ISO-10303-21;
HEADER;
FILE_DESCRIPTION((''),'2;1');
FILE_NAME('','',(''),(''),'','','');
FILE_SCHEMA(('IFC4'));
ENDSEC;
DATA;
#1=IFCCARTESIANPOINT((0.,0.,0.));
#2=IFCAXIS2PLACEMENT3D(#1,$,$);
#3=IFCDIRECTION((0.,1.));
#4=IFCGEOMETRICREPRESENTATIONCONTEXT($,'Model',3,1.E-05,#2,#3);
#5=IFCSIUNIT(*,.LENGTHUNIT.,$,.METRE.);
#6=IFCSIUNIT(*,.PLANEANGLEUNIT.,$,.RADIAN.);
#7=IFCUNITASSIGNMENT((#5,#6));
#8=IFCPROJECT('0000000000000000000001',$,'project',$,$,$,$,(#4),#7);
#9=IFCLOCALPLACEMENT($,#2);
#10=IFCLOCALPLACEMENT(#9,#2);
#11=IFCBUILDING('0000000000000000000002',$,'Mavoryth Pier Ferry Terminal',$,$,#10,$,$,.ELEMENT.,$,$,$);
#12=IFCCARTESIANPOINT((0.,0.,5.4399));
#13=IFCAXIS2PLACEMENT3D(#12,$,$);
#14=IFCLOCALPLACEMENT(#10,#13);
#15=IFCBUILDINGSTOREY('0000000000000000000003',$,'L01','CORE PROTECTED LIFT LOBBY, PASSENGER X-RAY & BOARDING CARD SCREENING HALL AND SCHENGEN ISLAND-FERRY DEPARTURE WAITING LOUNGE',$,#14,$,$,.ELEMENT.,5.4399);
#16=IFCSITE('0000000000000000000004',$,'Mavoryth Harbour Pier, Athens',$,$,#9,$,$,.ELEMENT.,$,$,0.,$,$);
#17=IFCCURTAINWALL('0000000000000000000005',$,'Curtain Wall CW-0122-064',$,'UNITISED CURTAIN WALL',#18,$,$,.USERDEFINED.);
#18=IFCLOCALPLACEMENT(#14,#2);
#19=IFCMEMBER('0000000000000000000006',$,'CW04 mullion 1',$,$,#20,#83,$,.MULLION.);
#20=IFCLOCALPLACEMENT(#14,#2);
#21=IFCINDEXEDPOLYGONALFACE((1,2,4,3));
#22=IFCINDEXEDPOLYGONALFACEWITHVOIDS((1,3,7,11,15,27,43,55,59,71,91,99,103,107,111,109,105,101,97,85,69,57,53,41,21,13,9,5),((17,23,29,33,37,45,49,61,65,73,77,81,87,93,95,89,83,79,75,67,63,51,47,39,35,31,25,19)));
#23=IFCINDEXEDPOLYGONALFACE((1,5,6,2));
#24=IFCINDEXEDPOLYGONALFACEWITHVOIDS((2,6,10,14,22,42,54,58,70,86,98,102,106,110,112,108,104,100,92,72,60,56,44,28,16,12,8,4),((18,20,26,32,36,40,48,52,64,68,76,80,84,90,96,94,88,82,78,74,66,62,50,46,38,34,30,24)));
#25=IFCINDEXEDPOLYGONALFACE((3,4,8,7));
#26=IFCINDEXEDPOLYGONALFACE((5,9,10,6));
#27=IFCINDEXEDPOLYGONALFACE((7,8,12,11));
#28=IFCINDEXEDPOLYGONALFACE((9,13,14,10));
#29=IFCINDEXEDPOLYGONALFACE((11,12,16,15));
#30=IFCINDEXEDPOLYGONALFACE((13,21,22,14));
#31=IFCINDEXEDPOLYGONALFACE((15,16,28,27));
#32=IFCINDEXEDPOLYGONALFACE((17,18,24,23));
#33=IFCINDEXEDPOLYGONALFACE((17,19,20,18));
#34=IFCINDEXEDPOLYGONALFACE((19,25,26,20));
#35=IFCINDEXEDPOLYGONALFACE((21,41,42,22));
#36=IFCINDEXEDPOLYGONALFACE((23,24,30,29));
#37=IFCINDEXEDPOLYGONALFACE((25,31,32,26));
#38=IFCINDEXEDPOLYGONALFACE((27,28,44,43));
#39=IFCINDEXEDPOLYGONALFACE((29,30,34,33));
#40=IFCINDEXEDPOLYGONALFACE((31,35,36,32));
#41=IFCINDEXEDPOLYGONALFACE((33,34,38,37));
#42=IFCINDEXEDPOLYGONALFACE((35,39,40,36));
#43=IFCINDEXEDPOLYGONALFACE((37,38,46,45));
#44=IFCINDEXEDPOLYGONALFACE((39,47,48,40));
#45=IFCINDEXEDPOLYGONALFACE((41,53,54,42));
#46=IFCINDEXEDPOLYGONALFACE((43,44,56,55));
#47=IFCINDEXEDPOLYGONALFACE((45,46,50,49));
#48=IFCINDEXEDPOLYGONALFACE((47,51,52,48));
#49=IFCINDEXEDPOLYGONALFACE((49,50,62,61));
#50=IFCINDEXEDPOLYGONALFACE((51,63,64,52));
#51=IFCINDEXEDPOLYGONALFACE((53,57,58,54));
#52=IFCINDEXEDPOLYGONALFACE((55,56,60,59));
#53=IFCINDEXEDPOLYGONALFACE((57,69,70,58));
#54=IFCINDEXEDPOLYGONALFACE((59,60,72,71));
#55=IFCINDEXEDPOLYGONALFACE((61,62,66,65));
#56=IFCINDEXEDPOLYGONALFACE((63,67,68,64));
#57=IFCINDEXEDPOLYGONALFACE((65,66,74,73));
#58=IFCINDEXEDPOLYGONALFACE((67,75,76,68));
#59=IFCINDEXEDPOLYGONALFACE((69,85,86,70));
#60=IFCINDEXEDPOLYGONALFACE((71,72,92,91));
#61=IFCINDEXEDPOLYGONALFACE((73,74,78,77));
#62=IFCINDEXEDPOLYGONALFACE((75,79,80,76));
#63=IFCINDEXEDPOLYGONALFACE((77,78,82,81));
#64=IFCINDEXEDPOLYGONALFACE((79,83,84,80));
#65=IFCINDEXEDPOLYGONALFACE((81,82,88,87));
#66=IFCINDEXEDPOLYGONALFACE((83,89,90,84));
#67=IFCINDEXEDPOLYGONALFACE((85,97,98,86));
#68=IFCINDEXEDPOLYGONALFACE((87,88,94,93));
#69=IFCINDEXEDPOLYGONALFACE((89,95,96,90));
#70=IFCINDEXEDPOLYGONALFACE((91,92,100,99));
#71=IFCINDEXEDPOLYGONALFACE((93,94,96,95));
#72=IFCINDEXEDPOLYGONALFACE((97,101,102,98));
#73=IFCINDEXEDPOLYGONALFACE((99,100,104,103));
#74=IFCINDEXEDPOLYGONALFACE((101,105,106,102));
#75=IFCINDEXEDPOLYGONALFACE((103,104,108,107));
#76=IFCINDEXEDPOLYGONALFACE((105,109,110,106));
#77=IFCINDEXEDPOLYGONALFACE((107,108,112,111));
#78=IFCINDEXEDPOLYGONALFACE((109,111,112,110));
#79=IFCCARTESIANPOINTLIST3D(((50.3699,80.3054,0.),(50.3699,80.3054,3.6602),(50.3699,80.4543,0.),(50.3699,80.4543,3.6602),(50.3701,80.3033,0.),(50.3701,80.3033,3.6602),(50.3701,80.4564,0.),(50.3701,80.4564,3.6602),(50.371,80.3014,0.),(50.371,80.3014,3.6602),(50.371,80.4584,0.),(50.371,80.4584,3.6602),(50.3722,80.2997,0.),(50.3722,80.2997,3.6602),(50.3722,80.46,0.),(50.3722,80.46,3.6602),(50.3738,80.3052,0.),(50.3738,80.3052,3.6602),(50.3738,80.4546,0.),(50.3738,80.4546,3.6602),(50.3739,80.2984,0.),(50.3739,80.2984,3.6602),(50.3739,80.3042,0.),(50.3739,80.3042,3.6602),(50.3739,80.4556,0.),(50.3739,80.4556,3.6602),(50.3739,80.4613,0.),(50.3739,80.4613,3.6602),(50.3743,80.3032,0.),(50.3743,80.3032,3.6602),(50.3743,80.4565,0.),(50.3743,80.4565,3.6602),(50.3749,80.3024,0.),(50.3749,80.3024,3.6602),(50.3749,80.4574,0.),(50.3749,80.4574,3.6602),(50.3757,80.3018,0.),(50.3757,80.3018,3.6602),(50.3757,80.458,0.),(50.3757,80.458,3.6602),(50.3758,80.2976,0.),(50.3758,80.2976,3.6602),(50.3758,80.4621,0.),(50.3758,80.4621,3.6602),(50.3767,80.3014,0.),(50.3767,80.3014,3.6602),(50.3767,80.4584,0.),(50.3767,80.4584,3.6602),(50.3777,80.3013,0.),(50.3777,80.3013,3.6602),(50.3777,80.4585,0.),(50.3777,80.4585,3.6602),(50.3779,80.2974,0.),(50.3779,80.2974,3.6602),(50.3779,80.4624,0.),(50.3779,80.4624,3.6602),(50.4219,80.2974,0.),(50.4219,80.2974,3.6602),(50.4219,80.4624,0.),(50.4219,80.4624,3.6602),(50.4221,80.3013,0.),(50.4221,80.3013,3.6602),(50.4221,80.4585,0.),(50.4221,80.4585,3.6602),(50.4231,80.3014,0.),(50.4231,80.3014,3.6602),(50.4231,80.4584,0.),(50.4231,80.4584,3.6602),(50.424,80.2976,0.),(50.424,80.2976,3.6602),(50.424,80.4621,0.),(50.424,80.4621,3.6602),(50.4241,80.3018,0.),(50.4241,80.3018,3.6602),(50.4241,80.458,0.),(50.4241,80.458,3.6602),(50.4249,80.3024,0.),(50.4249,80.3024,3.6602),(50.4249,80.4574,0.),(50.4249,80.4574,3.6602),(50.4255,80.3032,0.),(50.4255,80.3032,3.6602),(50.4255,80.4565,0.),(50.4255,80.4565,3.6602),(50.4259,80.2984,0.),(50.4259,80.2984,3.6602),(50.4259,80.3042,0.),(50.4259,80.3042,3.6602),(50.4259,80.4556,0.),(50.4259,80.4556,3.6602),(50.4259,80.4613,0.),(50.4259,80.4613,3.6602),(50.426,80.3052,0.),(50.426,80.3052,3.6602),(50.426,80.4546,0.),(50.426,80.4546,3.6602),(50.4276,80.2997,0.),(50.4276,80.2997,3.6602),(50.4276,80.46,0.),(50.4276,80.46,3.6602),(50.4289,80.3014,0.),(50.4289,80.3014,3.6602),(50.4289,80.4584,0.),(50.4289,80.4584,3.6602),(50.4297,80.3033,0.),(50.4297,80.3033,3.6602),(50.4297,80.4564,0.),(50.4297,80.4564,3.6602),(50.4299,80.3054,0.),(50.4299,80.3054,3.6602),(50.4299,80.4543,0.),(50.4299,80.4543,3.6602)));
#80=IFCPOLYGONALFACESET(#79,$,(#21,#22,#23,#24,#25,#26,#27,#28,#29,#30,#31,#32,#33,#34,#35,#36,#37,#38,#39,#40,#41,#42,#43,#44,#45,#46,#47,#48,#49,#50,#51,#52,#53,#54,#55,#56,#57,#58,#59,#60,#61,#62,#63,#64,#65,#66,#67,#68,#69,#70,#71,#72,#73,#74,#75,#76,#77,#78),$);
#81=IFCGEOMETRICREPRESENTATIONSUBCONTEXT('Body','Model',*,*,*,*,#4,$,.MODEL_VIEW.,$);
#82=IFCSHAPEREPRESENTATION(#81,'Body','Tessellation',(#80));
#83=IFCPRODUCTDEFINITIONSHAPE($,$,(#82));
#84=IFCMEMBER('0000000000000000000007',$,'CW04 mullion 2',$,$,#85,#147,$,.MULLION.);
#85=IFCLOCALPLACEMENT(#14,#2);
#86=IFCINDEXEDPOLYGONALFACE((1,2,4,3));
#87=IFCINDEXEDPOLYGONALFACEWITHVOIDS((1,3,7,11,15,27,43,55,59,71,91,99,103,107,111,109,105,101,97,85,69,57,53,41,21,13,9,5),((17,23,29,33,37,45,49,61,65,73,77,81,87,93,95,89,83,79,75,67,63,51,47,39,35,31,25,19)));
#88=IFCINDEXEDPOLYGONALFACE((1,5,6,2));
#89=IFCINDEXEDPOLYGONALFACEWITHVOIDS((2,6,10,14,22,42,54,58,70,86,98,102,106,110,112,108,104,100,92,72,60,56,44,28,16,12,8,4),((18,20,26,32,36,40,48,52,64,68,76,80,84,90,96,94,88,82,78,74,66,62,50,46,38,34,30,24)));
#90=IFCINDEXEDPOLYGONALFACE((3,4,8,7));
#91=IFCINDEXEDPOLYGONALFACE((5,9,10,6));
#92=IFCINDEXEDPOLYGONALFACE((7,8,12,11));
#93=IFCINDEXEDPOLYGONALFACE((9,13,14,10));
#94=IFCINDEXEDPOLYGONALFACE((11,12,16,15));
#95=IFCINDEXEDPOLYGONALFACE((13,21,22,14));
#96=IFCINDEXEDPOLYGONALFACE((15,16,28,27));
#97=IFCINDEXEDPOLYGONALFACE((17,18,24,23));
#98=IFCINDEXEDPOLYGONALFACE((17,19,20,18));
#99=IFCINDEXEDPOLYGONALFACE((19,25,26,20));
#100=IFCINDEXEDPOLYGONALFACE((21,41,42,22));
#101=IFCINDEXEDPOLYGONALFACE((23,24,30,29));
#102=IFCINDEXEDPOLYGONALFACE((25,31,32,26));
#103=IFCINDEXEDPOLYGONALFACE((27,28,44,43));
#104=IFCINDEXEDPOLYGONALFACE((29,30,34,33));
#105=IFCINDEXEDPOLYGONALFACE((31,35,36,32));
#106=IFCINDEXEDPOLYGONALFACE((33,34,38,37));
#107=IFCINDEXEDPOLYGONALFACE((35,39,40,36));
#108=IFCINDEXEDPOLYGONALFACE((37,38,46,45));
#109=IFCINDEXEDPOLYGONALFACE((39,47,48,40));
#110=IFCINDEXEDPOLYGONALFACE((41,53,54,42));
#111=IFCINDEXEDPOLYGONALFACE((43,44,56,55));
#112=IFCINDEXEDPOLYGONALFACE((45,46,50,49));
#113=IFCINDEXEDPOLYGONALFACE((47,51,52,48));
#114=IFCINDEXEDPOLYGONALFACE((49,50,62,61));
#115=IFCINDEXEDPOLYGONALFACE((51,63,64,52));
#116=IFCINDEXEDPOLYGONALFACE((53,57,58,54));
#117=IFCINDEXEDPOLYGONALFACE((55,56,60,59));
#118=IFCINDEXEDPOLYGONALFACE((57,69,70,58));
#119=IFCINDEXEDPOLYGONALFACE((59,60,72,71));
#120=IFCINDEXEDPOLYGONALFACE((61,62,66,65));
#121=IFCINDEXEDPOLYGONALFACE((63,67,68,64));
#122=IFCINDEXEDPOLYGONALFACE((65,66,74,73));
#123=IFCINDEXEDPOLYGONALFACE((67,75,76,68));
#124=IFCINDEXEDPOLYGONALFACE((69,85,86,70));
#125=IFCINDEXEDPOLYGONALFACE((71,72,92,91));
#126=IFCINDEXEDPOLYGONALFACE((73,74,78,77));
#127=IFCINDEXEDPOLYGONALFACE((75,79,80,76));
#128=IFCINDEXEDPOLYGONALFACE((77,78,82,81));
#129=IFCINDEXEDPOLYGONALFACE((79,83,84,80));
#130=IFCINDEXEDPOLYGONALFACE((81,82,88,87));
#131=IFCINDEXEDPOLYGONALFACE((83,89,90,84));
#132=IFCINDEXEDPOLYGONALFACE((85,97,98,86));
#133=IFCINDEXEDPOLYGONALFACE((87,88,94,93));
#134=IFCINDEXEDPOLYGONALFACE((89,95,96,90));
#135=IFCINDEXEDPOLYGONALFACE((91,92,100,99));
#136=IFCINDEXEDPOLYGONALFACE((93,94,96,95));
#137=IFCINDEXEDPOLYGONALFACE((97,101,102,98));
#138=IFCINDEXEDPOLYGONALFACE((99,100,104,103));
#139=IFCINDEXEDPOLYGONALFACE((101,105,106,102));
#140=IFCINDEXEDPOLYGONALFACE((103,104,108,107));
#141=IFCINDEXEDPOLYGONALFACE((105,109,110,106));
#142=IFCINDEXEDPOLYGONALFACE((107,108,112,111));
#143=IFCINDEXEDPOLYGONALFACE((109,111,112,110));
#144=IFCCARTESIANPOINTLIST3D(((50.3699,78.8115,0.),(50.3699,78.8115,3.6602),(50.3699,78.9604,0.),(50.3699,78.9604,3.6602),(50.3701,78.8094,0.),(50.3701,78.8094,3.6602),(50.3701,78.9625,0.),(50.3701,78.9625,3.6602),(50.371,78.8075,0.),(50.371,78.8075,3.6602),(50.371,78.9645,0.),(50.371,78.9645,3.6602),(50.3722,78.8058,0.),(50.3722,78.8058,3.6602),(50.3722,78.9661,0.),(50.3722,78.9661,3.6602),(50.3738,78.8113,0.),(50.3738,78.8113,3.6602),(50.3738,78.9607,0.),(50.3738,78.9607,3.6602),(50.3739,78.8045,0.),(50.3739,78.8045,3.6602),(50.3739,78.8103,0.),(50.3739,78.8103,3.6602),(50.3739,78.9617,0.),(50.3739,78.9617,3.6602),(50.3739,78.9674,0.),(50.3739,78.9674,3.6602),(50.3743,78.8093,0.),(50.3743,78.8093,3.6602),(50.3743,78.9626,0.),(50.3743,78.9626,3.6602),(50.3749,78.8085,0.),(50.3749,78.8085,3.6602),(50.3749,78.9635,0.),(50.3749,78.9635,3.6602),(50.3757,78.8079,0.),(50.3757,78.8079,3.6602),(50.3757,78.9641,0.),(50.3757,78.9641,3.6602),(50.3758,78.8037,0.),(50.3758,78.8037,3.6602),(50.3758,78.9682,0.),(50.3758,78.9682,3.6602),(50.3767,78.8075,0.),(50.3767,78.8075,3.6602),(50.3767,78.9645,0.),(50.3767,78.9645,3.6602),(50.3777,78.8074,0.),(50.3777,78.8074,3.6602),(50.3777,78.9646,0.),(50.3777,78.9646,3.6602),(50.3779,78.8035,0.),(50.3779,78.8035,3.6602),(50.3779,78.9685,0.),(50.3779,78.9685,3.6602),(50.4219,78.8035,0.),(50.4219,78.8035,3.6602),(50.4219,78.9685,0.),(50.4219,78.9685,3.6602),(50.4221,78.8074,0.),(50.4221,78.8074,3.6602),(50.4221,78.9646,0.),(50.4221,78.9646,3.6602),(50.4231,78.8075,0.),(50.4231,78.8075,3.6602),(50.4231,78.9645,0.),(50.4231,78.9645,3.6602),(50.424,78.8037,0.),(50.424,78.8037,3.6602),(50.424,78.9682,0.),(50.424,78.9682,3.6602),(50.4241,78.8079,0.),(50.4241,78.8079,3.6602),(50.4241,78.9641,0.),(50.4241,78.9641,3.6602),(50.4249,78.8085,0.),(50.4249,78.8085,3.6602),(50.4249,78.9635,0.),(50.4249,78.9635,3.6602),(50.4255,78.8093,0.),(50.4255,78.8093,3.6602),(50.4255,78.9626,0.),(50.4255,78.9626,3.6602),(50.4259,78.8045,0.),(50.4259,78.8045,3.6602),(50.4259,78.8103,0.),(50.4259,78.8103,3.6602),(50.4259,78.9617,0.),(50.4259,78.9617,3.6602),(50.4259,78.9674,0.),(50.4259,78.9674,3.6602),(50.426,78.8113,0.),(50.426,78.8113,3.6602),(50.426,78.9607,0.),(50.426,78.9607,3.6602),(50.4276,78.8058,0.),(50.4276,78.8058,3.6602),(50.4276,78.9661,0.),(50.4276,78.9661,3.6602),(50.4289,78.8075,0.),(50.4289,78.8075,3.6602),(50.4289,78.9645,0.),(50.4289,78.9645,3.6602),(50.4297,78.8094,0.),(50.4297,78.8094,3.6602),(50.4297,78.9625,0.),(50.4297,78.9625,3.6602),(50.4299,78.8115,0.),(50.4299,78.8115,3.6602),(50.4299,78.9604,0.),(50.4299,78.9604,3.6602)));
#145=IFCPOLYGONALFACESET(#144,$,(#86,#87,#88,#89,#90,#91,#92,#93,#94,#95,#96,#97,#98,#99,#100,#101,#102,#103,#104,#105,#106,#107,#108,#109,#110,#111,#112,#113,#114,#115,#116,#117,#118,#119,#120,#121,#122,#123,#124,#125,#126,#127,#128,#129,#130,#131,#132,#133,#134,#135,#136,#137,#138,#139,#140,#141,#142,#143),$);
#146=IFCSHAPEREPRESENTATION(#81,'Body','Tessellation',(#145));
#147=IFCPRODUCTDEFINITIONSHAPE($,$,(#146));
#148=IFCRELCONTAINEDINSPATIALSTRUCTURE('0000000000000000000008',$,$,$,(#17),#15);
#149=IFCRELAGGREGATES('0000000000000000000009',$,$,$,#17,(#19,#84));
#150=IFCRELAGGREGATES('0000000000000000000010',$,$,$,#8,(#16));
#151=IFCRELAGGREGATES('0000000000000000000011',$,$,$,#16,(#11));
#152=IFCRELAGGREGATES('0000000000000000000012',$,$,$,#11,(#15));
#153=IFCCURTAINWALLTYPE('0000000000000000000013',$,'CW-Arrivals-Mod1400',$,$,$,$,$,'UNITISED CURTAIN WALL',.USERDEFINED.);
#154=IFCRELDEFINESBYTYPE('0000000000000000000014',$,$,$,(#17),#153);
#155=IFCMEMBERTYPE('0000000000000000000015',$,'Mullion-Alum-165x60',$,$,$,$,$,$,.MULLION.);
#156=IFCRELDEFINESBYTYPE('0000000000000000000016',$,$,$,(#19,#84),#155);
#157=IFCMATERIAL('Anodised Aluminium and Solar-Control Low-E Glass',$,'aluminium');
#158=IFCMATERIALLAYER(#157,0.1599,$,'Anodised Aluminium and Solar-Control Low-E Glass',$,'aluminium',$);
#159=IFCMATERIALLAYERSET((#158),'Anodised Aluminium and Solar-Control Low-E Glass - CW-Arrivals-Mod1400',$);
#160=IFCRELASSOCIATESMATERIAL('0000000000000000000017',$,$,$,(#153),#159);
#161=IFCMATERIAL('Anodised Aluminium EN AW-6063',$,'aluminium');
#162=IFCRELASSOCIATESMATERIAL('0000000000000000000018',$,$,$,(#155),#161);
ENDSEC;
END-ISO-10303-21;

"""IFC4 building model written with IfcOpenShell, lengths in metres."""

from ifc_helpers import new_model, si_unit, direction, frame, origin, origin_2d, place, context, subcontext, project, spatial, hollow_rectangle, extrude, material, layer, layer_set, material_profile, profile_set, type_object, element, aggregate, save


model = new_model("IFC4")

# Units and contexts
model_context = context("Model", 3, precision=1e-05, world=origin(), true_north=direction((0.0, 1.0)))
body_context = subcontext(model_context, "Body", "Model", "MODEL_VIEW")
ifc_project = project(units=[si_unit("LENGTHUNIT", "METRE"), si_unit("PLANEANGLEUNIT", "RADIAN")], contexts=[model_context])

# Site, building, storey
site_placement = place(None, origin())
site = spatial("IfcSite", under=ifc_project, at=site_placement, Name="Mavoryth Harbour Pier, Athens", CompositionType="ELEMENT", RefElevation=0.0)
building_placement = place(site_placement, origin())
building = spatial("IfcBuilding", under=site, at=building_placement, Name="Mavoryth Pier Ferry Terminal", CompositionType="ELEMENT")
storey_placement = place(building_placement, frame((0.0, 0.0, 5.4399)))
storey = spatial("IfcBuildingStorey", under=building, at=storey_placement, Name="L01", Description="CORE PROTECTED LIFT LOBBY, PASSENGER X-RAY & BOARDING CARD SCREENING HALL AND SCHENGEN ISLAND-FERRY DEPARTURE WAITING LOUNGE", CompositionType="ELEMENT", Elevation=5.4399)

# Curtain wall, members
ifc_material_1 = material(Name="Anodised Aluminium and Solar-Control Low-E Glass", Category="aluminium")
ifc_layer_1 = layer(ifc_material_1, 0.1599, Name="Anodised Aluminium and Solar-Control Low-E Glass", Category="aluminium")
ifc_layer_set_1 = layer_set([ifc_layer_1], Name="Anodised Aluminium and Solar-Control Low-E Glass - CW-Arrivals-Mod1400")
curtain_wall_type = type_object("IfcCurtainWallType", Name="CW-Arrivals-Mod1400", ElementType="UNITISED CURTAIN WALL", PredefinedType="USERDEFINED", material=ifc_layer_set_1)
curtain_wall_1_placement = place(storey_placement, origin())
curtain_wall_1 = element("IfcCurtainWall", 1, at=curtain_wall_1_placement, inside=storey, type_object=curtain_wall_type, Name="Curtain Wall CW-0122-064", ObjectType="UNITISED CURTAIN WALL", PredefinedType="USERDEFINED")
ifc_material_2 = material(Name="Anodised Aluminium EN AW-6063", Category="aluminium")
ifc_material_profile_1 = material_profile(ifc_material_2, hollow_rectangle(XDim=0.0601, YDim=0.165, WallThickness=0.0039, InnerFilletRadius=0.0039, OuterFilletRadius=0.0081, at=origin_2d()), Name="AL-MULL 165x60x4", Category="aluminium")
ifc_profile_set_1 = profile_set([ifc_material_profile_1], Name="Anodised Aluminium EN AW-6063 - AL-MULL 165x60x4")
member_type_1 = type_object("IfcMemberType", Name="Mullion-Alum-165x60", PredefinedType="MULLION", material=ifc_profile_set_1)
member_1_placement = place(storey_placement, frame((50.3999, 80.3799, 0.0), z_axis=(0.0, 0.0, 1.0), x_axis=(1.0, 0.0, 0.0)))
member_1 = element("IfcMember", 2, at=member_1_placement, type_object=member_type_1, Name="CW04 mullion 1", PredefinedType="MULLION", context=body_context, shape_type="SweptSolid", body=[
    extrude(hollow_rectangle(XDim=0.0601, YDim=0.165, WallThickness=0.0039, InnerFilletRadius=0.0039, OuterFilletRadius=0.0081, at=origin_2d()), origin(), (0.0, 0.0, 1.0), 3.6602),
])
member_2_placement = place(storey_placement, frame((50.3999, 78.886, 0.0), z_axis=(0.0, 0.0, 1.0), x_axis=(1.0, 0.0, 0.0)))
member_2 = element("IfcMember", 3, at=member_2_placement, type_object=member_type_1, Name="CW04 mullion 2", PredefinedType="MULLION", context=body_context, shape_type="SweptSolid", body=[
    extrude(hollow_rectangle(XDim=0.0601, YDim=0.165, WallThickness=0.0039, InnerFilletRadius=0.0039, OuterFilletRadius=0.0081, at=origin_2d()), origin(), (0.0, 0.0, 1.0), 3.6602),
])

aggregate(curtain_wall_1, [member_1, member_2])

save(model, "model.ifc")
